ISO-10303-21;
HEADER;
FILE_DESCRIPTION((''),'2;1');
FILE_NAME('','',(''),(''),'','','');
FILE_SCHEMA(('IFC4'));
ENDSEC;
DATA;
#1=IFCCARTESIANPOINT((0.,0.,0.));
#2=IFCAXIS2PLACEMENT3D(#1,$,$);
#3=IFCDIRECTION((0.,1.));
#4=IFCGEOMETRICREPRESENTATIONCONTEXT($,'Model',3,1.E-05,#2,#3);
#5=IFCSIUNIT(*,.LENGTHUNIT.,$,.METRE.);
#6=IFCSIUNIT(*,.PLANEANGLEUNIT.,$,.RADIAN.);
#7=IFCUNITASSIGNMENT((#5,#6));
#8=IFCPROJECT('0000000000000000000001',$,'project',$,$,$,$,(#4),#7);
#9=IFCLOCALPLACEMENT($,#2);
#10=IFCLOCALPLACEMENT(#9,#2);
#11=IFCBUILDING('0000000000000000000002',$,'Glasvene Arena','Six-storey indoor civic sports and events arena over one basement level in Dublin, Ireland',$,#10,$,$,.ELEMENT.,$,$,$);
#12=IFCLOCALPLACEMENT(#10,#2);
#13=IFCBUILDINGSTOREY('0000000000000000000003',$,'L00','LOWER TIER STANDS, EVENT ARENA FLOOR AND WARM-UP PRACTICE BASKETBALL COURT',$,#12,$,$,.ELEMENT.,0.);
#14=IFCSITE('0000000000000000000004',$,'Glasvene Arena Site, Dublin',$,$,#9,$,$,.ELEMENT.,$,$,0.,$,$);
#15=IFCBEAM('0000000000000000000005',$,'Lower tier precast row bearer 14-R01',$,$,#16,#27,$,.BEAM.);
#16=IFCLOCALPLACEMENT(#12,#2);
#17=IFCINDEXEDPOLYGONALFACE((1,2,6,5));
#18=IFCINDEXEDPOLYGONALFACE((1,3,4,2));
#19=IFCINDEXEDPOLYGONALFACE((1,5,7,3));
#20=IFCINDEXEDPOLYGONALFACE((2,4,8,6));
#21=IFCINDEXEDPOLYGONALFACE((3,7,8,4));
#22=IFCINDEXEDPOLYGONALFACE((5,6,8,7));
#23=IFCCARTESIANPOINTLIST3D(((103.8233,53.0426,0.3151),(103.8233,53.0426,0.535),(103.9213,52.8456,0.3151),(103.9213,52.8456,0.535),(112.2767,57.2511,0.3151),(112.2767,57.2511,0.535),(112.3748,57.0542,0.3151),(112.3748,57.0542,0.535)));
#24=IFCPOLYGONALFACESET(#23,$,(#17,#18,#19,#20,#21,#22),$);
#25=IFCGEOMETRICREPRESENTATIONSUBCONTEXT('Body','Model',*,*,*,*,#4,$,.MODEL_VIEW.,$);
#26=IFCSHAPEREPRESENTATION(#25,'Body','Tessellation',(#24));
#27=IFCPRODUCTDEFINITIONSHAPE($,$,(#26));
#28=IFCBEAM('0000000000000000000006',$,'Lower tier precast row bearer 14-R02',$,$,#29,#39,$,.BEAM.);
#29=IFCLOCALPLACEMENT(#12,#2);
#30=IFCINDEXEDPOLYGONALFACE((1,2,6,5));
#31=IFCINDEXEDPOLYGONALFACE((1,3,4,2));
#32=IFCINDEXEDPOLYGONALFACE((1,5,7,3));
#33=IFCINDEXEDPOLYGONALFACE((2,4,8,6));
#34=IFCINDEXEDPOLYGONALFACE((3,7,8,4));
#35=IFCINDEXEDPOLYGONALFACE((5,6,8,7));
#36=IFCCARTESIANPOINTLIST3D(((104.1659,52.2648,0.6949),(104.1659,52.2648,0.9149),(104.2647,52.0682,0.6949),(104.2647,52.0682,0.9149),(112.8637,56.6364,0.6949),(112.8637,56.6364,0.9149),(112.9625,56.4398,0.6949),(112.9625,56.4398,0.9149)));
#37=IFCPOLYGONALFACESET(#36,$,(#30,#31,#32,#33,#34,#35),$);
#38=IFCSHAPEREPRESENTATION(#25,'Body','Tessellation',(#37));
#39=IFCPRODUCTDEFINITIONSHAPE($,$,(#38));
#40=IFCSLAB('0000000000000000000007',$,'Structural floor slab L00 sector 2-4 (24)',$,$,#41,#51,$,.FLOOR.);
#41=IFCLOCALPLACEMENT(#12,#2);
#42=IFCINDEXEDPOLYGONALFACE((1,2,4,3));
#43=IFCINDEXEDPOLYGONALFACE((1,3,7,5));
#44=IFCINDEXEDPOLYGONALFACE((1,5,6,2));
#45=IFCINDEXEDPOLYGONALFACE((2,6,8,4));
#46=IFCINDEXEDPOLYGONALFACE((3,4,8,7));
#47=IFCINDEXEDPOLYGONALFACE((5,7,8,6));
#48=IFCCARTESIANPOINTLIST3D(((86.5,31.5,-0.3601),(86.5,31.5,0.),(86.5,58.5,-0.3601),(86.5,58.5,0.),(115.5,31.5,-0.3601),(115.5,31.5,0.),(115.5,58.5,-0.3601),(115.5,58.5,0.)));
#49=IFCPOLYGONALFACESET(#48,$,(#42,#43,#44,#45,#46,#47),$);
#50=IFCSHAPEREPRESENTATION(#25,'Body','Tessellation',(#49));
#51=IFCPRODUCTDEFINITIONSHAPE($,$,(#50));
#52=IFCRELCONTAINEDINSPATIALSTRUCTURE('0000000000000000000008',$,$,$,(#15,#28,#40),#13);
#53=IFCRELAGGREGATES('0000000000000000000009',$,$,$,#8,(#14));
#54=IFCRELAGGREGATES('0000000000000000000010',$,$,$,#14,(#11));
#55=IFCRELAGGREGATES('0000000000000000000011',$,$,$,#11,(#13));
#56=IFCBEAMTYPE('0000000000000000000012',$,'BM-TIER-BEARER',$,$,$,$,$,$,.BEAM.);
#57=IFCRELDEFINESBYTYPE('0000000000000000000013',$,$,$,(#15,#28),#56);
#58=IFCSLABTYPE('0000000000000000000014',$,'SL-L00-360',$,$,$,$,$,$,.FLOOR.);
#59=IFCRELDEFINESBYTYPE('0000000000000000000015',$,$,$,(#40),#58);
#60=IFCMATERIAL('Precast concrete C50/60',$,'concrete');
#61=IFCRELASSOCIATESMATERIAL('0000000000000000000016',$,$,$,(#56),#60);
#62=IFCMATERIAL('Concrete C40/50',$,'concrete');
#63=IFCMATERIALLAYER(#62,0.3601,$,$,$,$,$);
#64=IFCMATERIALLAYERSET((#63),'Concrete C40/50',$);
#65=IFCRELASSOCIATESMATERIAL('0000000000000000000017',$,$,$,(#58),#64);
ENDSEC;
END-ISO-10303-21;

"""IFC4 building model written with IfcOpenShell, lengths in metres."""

from ifc_helpers import new_model, si_unit, direction, frame, origin, origin_2d, place, context, subcontext, project, spatial, polyline, rectangle, outline, extrude, material, layer, layer_set, material_profile, profile_set, type_object, element, save


model = new_model("IFC4")

# Units and contexts
model_context = context("Model", 3, precision=1e-05, world=origin(), true_north=direction((0.0, 1.0)))
body_context = subcontext(model_context, "Body", "Model", "MODEL_VIEW")
ifc_project = project(units=[si_unit("LENGTHUNIT", "METRE"), si_unit("PLANEANGLEUNIT", "RADIAN")], contexts=[model_context])

# Site, building, storey
site_placement = place(None, origin())
site = spatial("IfcSite", under=ifc_project, at=site_placement, Name="Glasvene Arena Site, Dublin", CompositionType="ELEMENT", RefElevation=0.0)
building_placement = place(site_placement, origin())
building = spatial("IfcBuilding", under=site, at=building_placement, Name="Glasvene Arena", Description="Six-storey indoor civic sports and events arena over one basement level in Dublin, Ireland", CompositionType="ELEMENT")
storey_placement = place(building_placement, origin())
storey = spatial("IfcBuildingStorey", under=building, at=storey_placement, Name="L00", Description="LOWER TIER STANDS, EVENT ARENA FLOOR AND WARM-UP PRACTICE BASKETBALL COURT", CompositionType="ELEMENT", Elevation=0.0)

# Beams
ifc_material_1 = material(Name="Precast concrete C50/60", Category="concrete")
ifc_material_profile_1 = material_profile(ifc_material_1, rectangle(XDim=0.22, YDim=0.22, at=origin_2d()), Name="RC 220x220")
ifc_profile_set_1 = profile_set([ifc_material_profile_1], Name="Precast concrete C50/60")
beam_type_1 = type_object("IfcBeamType", Name="BM-TIER-BEARER", PredefinedType="BEAM", material=ifc_profile_set_1)
beam_1_placement = place(storey_placement, frame((103.8723, 52.9441, 0.425), z_axis=(0.895196, 0.445672, 0.0), x_axis=(-0.445672, 0.895196, 0.0)))
element("IfcBeam", 1, at=beam_1_placement, inside=storey, type_object=beam_type_1, Name="Lower tier precast row bearer 14-R01", PredefinedType="BEAM", context=body_context, shape_type="SweptSolid", body=[
    extrude(rectangle(XDim=0.22, YDim=0.22, at=origin_2d()), origin(), (0.0, 0.0, 1.0), 9.4431),
])
beam_2_placement = place(storey_placement, frame((104.2153, 52.1665, 0.8049), z_axis=(0.893492, 0.449079, 0.0), x_axis=(-0.449079, 0.893492, 0.0)))
element("IfcBeam", 2, at=beam_2_placement, inside=storey, type_object=beam_type_1, Name="Lower tier precast row bearer 14-R02", PredefinedType="BEAM", context=body_context, shape_type="SweptSolid", body=[
    extrude(rectangle(XDim=0.22, YDim=0.22, at=origin_2d()), origin(), (0.0, 0.0, 1.0), 9.7346),
])

# Slab
ifc_material_2 = material(Name="Concrete C40/50", Category="concrete")
ifc_layer_1 = layer(ifc_material_2, 0.3601)
ifc_layer_set_1 = layer_set([ifc_layer_1], Name="Concrete C40/50")
slab_type_1 = type_object("IfcSlabType", Name="SL-L00-360", PredefinedType="FLOOR", material=ifc_layer_set_1)
slab_1_placement = place(storey_placement, frame((101.0, 45.0, -0.3601)))
element("IfcSlab", 3, at=slab_1_placement, inside=storey, type_object=slab_type_1, Name="Structural floor slab L00 sector 2-4 (24)", PredefinedType="FLOOR", context=body_context, shape_type="SweptSolid", body=[
    extrude(outline(polyline([(-14.5, -13.5), (-14.5, 13.5), (14.5, 13.5), (14.5, -13.5), (-14.5, -13.5)])), origin(), (0.0, 0.0, 1.0), 0.3601),
])

save(model, "model.ifc")
